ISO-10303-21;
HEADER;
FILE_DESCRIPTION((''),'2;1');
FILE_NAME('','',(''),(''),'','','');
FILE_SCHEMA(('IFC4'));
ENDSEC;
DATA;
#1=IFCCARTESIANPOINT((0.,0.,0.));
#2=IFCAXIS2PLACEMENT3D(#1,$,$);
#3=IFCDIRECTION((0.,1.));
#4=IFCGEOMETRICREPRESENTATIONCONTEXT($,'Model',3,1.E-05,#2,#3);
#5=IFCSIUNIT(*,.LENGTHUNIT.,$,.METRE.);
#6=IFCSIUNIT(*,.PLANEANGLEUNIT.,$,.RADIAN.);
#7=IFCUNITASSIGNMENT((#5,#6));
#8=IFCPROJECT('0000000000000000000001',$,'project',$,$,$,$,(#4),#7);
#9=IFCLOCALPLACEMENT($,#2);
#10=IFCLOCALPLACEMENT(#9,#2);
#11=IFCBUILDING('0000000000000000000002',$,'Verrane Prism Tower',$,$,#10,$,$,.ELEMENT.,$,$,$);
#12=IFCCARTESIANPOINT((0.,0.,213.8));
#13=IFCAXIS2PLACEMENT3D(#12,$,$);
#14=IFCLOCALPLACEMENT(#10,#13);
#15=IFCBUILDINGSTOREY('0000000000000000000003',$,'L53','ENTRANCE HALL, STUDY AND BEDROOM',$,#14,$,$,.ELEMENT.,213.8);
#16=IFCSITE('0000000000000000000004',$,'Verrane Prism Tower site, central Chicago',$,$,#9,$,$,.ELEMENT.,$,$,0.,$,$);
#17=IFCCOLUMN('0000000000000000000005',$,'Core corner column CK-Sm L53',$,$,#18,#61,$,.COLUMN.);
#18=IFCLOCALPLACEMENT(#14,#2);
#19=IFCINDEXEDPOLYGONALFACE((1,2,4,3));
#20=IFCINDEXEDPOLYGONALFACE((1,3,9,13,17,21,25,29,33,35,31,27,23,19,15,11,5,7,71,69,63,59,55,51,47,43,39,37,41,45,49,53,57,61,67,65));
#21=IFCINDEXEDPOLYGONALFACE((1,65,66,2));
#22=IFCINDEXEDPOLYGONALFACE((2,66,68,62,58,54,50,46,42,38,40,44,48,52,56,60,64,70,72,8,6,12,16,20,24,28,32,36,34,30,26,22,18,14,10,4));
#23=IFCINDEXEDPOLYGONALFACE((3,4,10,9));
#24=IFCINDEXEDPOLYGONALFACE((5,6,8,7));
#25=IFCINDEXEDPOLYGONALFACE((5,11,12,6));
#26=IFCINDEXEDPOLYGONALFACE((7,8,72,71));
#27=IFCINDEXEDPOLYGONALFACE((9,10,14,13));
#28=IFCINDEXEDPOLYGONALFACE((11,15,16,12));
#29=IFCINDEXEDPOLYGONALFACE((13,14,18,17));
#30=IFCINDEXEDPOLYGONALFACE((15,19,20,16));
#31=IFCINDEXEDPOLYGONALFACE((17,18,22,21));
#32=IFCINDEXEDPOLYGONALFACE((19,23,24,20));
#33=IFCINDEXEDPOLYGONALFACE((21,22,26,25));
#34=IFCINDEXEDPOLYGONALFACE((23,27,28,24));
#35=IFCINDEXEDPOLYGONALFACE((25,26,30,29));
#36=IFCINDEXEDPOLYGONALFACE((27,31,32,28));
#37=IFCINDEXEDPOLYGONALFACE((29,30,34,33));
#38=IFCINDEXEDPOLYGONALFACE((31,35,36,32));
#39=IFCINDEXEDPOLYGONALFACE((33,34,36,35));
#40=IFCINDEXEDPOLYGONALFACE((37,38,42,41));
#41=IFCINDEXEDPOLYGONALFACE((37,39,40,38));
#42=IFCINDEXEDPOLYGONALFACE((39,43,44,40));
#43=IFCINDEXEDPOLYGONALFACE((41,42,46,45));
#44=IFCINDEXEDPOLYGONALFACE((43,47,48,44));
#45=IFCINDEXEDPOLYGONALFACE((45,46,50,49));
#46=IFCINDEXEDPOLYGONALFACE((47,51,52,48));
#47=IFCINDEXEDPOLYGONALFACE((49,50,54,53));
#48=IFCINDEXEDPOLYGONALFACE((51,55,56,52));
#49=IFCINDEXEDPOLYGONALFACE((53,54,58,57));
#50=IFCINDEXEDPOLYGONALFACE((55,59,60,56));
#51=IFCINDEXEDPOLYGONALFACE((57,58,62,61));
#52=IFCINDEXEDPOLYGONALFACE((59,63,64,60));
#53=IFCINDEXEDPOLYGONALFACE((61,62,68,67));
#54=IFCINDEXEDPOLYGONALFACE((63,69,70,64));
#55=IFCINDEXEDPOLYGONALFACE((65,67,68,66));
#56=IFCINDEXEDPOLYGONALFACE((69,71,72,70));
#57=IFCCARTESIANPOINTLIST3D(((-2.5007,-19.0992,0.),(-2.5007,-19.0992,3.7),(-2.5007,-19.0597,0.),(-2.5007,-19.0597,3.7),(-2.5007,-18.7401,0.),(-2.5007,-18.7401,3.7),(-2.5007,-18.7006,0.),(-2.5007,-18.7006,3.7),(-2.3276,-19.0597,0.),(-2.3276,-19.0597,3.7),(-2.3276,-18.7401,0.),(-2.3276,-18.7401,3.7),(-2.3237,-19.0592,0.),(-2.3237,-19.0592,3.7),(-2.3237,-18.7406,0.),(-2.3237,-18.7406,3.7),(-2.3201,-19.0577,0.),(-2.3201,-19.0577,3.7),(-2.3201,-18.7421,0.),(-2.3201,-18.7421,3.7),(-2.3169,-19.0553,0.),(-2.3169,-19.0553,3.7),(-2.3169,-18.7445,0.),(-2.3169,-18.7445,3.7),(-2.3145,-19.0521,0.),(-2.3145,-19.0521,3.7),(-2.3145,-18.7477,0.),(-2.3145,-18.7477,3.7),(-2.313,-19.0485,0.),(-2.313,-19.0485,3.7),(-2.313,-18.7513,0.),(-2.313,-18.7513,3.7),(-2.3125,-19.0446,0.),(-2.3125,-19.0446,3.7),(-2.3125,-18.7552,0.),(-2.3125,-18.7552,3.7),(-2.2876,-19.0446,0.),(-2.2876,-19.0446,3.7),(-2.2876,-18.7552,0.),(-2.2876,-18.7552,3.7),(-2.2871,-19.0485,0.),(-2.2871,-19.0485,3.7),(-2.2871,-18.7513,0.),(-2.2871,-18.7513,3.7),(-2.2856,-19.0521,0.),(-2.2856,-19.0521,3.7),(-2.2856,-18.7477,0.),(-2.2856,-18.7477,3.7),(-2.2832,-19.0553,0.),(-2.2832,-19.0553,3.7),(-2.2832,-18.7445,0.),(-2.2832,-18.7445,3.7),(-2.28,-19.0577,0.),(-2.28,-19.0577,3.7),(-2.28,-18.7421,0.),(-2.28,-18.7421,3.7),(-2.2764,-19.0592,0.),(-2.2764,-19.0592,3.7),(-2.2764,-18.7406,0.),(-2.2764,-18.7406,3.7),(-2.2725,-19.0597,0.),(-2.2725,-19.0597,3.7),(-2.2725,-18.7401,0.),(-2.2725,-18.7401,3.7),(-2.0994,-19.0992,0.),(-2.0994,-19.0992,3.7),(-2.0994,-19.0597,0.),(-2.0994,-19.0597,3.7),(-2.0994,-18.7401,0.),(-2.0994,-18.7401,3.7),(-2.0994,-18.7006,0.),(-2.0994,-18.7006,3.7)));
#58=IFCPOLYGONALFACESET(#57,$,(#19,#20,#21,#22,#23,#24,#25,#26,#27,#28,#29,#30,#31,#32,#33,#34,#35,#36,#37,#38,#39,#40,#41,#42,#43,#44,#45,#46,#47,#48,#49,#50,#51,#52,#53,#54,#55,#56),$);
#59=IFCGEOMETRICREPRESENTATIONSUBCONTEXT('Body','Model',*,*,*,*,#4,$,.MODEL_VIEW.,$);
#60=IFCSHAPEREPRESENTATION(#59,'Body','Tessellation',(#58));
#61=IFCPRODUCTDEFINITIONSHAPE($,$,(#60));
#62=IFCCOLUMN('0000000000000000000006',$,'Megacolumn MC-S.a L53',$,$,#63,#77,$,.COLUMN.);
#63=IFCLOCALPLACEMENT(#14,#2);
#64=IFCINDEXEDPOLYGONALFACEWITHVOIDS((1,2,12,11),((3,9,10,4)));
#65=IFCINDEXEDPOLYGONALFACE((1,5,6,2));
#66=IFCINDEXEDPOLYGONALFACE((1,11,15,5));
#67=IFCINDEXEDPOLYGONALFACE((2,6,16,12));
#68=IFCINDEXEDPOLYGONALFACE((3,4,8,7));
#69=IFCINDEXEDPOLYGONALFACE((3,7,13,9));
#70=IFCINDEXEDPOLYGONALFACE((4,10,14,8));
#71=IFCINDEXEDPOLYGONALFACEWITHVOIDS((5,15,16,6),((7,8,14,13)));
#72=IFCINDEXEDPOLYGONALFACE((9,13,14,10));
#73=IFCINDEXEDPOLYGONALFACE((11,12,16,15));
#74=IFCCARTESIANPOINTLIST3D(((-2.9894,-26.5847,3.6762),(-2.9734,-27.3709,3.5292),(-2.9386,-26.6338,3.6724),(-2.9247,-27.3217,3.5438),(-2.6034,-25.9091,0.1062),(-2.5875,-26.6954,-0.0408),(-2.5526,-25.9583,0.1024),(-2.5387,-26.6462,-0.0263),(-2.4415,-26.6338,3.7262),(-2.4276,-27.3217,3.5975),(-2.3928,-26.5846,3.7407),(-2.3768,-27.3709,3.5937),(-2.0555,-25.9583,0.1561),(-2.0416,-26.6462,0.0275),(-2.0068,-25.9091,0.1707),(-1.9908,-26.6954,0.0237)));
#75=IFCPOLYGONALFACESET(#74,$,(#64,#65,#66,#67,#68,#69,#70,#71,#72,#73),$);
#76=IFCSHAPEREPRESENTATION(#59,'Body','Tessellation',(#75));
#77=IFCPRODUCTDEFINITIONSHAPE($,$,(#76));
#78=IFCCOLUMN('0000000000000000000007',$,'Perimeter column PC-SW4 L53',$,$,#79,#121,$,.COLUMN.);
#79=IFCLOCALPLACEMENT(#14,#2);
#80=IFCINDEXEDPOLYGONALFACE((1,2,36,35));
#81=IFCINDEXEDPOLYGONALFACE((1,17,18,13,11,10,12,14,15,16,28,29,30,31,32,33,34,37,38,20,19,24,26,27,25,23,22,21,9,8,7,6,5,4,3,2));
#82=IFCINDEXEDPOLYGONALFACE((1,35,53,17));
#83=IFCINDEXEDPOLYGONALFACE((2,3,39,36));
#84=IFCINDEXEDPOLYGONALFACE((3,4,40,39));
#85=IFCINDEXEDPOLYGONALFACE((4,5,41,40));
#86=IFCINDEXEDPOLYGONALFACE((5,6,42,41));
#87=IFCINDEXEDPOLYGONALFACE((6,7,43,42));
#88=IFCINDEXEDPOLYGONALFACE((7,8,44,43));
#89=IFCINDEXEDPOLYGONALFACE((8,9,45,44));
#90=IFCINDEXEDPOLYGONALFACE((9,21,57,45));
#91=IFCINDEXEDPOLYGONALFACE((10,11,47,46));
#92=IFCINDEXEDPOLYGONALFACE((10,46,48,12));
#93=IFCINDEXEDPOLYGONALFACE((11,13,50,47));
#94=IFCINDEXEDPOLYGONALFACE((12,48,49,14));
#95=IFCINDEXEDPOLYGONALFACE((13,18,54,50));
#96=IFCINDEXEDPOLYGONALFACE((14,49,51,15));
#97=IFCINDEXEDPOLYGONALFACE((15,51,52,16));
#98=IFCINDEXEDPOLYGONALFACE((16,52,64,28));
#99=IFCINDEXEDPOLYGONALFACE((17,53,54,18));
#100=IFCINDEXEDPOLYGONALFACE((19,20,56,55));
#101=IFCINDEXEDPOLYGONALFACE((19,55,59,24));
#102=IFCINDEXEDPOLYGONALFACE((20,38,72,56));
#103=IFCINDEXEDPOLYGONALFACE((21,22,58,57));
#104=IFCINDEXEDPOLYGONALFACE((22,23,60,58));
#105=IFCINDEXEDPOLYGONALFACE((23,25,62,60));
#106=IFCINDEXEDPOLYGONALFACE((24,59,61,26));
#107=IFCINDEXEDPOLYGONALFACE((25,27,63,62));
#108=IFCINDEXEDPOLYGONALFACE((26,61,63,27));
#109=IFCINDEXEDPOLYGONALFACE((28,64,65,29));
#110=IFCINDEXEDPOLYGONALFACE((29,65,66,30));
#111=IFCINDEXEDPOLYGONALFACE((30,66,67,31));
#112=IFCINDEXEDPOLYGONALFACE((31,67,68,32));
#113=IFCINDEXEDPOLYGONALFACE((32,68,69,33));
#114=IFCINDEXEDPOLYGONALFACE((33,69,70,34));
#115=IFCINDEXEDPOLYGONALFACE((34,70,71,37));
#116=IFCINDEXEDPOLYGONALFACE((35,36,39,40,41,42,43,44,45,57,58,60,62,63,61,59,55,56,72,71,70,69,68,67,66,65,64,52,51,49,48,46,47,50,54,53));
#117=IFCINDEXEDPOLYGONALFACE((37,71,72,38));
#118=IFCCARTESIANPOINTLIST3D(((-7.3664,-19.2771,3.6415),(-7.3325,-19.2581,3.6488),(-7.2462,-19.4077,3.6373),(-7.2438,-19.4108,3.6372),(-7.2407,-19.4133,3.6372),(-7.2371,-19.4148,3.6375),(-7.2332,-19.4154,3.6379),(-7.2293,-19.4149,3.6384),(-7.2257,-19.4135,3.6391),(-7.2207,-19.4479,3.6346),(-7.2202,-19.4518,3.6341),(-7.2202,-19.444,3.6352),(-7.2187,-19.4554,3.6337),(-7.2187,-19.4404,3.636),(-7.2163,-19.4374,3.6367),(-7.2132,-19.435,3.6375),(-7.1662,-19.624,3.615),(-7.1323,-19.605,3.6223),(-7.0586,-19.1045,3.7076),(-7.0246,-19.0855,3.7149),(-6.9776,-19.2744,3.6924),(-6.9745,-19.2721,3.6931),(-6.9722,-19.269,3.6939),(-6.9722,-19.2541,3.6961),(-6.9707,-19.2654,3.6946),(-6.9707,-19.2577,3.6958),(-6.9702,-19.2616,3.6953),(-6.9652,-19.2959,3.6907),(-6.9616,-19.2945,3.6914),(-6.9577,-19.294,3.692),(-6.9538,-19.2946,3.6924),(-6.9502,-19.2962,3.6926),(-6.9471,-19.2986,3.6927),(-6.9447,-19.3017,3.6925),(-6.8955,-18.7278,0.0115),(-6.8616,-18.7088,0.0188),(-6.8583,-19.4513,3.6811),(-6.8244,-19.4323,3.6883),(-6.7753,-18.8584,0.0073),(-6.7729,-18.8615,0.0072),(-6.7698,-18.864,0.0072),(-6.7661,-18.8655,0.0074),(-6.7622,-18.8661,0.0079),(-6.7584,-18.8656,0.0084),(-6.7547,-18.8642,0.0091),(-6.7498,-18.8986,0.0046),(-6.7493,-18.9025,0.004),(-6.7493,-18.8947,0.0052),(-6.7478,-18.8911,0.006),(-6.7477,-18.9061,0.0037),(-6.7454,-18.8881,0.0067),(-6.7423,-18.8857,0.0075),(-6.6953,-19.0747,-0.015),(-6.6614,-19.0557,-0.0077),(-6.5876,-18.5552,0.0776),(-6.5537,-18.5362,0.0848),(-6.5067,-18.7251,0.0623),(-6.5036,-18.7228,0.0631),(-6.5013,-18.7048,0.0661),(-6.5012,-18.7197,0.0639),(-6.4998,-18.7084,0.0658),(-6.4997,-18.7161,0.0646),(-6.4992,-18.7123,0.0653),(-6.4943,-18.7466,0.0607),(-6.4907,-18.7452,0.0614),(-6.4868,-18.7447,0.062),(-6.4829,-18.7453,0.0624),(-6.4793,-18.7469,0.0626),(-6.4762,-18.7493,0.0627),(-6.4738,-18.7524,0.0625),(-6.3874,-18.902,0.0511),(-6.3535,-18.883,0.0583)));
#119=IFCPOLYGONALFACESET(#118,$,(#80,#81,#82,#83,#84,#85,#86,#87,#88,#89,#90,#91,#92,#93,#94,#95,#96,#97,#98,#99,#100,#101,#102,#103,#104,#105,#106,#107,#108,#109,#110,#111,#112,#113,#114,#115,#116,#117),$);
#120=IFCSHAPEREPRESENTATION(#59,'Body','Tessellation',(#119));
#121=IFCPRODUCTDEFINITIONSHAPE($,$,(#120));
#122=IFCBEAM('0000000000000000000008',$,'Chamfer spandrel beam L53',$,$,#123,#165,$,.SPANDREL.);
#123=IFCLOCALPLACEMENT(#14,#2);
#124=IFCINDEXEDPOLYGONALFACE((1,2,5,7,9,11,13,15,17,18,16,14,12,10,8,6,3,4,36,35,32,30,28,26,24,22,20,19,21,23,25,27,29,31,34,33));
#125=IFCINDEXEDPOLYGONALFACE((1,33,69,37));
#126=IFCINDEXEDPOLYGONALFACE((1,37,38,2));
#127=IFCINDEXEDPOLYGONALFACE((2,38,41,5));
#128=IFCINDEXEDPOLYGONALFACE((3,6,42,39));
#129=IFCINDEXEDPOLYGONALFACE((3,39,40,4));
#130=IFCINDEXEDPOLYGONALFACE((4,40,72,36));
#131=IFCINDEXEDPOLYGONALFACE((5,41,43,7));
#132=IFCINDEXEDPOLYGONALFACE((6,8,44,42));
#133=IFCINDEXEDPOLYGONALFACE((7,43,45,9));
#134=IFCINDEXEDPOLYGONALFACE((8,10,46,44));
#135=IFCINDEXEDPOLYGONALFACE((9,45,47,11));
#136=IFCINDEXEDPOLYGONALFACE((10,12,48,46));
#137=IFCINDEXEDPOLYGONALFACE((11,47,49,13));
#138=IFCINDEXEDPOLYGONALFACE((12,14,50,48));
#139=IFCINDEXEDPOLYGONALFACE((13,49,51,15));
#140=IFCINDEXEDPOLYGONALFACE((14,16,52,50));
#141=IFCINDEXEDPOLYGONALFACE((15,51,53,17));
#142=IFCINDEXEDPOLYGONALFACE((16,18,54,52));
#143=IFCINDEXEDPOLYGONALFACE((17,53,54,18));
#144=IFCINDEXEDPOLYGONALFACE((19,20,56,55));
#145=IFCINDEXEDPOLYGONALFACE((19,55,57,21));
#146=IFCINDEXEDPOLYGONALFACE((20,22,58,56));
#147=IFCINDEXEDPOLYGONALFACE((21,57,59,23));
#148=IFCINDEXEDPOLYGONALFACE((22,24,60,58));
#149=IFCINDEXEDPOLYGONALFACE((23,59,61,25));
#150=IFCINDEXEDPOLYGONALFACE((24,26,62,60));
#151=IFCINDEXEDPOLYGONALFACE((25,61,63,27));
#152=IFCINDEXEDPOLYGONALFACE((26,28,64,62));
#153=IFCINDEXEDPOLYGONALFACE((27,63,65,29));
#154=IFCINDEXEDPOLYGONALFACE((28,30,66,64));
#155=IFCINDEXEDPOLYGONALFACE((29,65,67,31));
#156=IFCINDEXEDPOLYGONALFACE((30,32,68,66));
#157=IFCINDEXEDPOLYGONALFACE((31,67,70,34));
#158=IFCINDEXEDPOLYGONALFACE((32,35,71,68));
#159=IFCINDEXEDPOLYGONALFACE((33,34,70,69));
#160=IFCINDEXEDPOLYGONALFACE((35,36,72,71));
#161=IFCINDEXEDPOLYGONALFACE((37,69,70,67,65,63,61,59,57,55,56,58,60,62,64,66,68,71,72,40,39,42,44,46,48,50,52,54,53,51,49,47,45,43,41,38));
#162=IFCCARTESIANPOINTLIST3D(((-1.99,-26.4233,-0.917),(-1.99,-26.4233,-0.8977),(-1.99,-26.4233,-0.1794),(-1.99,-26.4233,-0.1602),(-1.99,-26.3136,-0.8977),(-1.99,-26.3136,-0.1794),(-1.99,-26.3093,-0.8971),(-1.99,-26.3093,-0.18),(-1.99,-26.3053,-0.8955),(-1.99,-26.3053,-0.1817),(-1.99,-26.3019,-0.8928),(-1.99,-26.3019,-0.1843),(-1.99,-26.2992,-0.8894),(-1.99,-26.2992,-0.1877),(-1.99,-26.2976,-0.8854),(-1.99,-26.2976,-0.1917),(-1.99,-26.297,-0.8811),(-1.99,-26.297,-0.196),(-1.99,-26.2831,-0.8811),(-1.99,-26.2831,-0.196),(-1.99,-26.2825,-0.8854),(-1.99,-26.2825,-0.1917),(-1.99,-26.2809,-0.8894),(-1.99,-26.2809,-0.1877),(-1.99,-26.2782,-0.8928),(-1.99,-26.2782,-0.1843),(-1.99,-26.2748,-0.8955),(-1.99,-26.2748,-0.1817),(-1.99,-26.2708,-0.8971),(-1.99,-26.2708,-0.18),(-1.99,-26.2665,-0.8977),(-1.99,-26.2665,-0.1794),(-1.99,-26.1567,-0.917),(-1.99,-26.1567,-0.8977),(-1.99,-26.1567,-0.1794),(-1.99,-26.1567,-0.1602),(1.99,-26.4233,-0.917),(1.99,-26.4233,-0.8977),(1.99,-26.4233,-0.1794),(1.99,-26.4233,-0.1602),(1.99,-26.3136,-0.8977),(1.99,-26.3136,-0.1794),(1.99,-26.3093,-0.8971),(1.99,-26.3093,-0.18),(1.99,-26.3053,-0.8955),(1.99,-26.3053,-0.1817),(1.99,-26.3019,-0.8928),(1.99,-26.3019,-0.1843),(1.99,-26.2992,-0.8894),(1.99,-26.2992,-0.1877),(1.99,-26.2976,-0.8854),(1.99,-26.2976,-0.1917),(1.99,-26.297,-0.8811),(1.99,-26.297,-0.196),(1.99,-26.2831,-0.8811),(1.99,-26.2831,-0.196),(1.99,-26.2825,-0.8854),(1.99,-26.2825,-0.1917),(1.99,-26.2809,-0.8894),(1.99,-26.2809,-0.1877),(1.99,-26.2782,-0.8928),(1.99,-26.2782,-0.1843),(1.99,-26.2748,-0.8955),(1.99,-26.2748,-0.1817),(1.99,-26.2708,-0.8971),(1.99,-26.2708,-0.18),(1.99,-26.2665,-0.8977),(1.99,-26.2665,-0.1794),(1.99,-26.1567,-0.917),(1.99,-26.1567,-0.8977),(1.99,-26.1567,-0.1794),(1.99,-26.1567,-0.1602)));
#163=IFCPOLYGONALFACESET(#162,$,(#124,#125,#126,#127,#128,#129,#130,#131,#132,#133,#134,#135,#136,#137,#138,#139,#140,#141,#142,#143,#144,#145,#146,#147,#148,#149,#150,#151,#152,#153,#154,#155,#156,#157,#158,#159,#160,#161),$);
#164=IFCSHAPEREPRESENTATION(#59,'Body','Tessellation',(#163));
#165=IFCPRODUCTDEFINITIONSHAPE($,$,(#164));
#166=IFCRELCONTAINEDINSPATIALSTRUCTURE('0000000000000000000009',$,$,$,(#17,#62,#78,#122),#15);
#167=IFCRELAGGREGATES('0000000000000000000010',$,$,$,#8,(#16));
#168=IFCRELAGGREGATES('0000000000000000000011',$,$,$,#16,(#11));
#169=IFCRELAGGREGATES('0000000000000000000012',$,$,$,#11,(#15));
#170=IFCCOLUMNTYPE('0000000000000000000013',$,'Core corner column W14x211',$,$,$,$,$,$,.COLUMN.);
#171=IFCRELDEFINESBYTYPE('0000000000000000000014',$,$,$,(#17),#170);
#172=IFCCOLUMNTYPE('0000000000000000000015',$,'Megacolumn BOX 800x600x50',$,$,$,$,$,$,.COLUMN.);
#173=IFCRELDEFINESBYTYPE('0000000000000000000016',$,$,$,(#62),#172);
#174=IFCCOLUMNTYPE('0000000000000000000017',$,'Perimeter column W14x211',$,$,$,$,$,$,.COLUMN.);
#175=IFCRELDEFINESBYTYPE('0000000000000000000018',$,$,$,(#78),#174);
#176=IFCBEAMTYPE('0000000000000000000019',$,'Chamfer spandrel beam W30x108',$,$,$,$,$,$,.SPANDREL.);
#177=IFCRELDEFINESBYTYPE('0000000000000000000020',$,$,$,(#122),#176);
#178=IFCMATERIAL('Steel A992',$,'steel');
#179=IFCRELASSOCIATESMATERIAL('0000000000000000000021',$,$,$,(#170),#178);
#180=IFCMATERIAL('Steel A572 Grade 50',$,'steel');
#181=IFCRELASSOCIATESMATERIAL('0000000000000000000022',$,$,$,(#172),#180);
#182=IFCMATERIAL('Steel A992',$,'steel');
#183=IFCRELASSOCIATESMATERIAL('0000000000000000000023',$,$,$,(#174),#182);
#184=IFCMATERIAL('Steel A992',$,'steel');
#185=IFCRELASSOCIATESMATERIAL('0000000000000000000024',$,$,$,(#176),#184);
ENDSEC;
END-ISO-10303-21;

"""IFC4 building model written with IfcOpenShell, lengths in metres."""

from ifc_helpers import new_model, si_unit, direction, frame, origin, origin_2d, place, context, subcontext, project, spatial, hollow_rectangle, i_section, extrude, material, material_profile, profile_set, type_object, element, save


model = new_model("IFC4")

# Units and contexts
model_context = context("Model", 3, precision=1e-05, world=origin(), true_north=direction((0.0, 1.0)))
body_context = subcontext(model_context, "Body", "Model", "MODEL_VIEW")
ifc_project = project(units=[si_unit("LENGTHUNIT", "METRE"), si_unit("PLANEANGLEUNIT", "RADIAN")], contexts=[model_context])

# Site, building, storey
site_placement = place(None, origin())
site = spatial("IfcSite", under=ifc_project, at=site_placement, Name="Verrane Prism Tower site, central Chicago", CompositionType="ELEMENT", RefElevation=0.0)
building_placement = place(site_placement, origin())
building = spatial("IfcBuilding", under=site, at=building_placement, Name="Verrane Prism Tower", CompositionType="ELEMENT")
storey_placement = place(building_placement, frame((0.0, 0.0, 213.8)))
storey = spatial("IfcBuildingStorey", under=building, at=storey_placement, Name="L53", Description="ENTRANCE HALL, STUDY AND BEDROOM", CompositionType="ELEMENT", Elevation=213.8)

# Columns
ifc_material_1 = material(Name="Steel A992", Category="steel")
ifc_material_profile_1 = material_profile(ifc_material_1, i_section(OverallWidth=0.4014, OverallDepth=0.3987, WebThickness=0.0249, FlangeThickness=0.0396, FilletRadius=0.0151, at=origin_2d()), Name="W14x211")
ifc_profile_set_1 = profile_set([ifc_material_profile_1], Name="Steel A992")
column_type_1 = type_object("IfcColumnType", Name="Core corner column W14x211", PredefinedType="COLUMN", material=ifc_profile_set_1)
column_1_placement = place(storey_placement, frame((-2.3, -18.8999, 0.0), z_axis=(0.0, 0.0, 1.0), x_axis=(-1.0, 0.0, 0.0)))
element("IfcColumn", 1, at=column_1_placement, inside=storey, type_object=column_type_1, Name="Core corner column CK-Sm L53", PredefinedType="COLUMN", context=body_context, shape_type="SweptSolid", body=[
    extrude(i_section(OverallWidth=0.4014, OverallDepth=0.3987, WebThickness=0.0249, FlangeThickness=0.0396, FilletRadius=0.0151, at=origin_2d()), origin(), (0.0, 0.0, 1.0), 3.7),
])
ifc_material_2 = material(Name="Steel A572 Grade 50", Category="steel")
ifc_material_profile_2 = material_profile(ifc_material_2, hollow_rectangle(XDim=0.6001, YDim=0.8, WallThickness=0.05, at=origin_2d()), Name="BOX 800x600x50")
ifc_profile_set_2 = profile_set([ifc_material_profile_2], Name="Steel A572 Grade 50")
column_type_2 = type_object("IfcColumnType", Name="Megacolumn BOX 800x600x50", PredefinedType="COLUMN", material=ifc_profile_set_2)
column_2_placement = place(storey_placement, frame((-2.2971, -26.3022, 0.0649), z_axis=(-0.105638, -0.184883, 0.977067), x_axis=(-0.994205, -0.000036, -0.107498)))
element("IfcColumn", 2, at=column_2_placement, inside=storey, type_object=column_type_2, Name="Megacolumn MC-S.a L53", PredefinedType="COLUMN", context=body_context, shape_type="SweptSolid", body=[
    extrude(hollow_rectangle(XDim=0.6001, YDim=0.8, WallThickness=0.05, at=origin_2d()), origin(), (0.0, 0.0, 1.0), 3.6538),
])
ifc_material_3 = material(Name="Steel A992", Category="steel")
ifc_material_profile_3 = material_profile(ifc_material_3, i_section(OverallWidth=0.4014, OverallDepth=0.3987, WebThickness=0.0249, FlangeThickness=0.0396, FilletRadius=0.0151, at=origin_2d()), Name="W14x211")
ifc_profile_set_3 = profile_set([ifc_material_profile_3], Name="Steel A992")
column_type_3 = type_object("IfcColumnType", Name="Perimeter column W14x211", PredefinedType="COLUMN", material=ifc_profile_set_3)
column_3_placement = place(storey_placement, frame((-6.6245, -18.8054, 0.0349), z_axis=(-0.12723, -0.148402, 0.980709), x_axis=(-0.498812, 0.864189, 0.066058)))
element("IfcColumn", 3, at=column_3_placement, inside=storey, type_object=column_type_3, Name="Perimeter column PC-SW4 L53", PredefinedType="COLUMN", context=body_context, shape_type="SweptSolid", body=[
    extrude(i_section(OverallWidth=0.4014, OverallDepth=0.3987, WebThickness=0.0249, FlangeThickness=0.0396, FilletRadius=0.0151, at=origin_2d()), origin(), (0.0, 0.0, 1.0), 3.7014),
])

# Beam
ifc_material_4 = material(Name="Steel A992", Category="steel")
ifc_material_profile_4 = material_profile(ifc_material_4, i_section(OverallWidth=0.2666, OverallDepth=0.7568, WebThickness=0.0139, FlangeThickness=0.0193, FilletRadius=0.0166, at=origin_2d()), Name="W30x108")
ifc_profile_set_4 = profile_set([ifc_material_profile_4], Name="Steel A992")
beam_type_1 = type_object("IfcBeamType", Name="Chamfer spandrel beam W30x108", PredefinedType="SPANDREL", material=ifc_profile_set_4)
beam_1_placement = place(storey_placement, frame((-1.99, -26.29, -0.5386), z_axis=(1.0, 0.0, 0.0), x_axis=(0.0, 1.0, 0.0)))
element("IfcBeam", 4, at=beam_1_placement, inside=storey, type_object=beam_type_1, Name="Chamfer spandrel beam L53", PredefinedType="SPANDREL", context=body_context, shape_type="SweptSolid", body=[
    extrude(i_section(OverallWidth=0.2666, OverallDepth=0.7568, WebThickness=0.0139, FlangeThickness=0.0193, FilletRadius=0.0166, at=origin_2d()), origin(), (0.0, 0.0, 1.0), 3.98),
])

save(model, "model.ifc")
